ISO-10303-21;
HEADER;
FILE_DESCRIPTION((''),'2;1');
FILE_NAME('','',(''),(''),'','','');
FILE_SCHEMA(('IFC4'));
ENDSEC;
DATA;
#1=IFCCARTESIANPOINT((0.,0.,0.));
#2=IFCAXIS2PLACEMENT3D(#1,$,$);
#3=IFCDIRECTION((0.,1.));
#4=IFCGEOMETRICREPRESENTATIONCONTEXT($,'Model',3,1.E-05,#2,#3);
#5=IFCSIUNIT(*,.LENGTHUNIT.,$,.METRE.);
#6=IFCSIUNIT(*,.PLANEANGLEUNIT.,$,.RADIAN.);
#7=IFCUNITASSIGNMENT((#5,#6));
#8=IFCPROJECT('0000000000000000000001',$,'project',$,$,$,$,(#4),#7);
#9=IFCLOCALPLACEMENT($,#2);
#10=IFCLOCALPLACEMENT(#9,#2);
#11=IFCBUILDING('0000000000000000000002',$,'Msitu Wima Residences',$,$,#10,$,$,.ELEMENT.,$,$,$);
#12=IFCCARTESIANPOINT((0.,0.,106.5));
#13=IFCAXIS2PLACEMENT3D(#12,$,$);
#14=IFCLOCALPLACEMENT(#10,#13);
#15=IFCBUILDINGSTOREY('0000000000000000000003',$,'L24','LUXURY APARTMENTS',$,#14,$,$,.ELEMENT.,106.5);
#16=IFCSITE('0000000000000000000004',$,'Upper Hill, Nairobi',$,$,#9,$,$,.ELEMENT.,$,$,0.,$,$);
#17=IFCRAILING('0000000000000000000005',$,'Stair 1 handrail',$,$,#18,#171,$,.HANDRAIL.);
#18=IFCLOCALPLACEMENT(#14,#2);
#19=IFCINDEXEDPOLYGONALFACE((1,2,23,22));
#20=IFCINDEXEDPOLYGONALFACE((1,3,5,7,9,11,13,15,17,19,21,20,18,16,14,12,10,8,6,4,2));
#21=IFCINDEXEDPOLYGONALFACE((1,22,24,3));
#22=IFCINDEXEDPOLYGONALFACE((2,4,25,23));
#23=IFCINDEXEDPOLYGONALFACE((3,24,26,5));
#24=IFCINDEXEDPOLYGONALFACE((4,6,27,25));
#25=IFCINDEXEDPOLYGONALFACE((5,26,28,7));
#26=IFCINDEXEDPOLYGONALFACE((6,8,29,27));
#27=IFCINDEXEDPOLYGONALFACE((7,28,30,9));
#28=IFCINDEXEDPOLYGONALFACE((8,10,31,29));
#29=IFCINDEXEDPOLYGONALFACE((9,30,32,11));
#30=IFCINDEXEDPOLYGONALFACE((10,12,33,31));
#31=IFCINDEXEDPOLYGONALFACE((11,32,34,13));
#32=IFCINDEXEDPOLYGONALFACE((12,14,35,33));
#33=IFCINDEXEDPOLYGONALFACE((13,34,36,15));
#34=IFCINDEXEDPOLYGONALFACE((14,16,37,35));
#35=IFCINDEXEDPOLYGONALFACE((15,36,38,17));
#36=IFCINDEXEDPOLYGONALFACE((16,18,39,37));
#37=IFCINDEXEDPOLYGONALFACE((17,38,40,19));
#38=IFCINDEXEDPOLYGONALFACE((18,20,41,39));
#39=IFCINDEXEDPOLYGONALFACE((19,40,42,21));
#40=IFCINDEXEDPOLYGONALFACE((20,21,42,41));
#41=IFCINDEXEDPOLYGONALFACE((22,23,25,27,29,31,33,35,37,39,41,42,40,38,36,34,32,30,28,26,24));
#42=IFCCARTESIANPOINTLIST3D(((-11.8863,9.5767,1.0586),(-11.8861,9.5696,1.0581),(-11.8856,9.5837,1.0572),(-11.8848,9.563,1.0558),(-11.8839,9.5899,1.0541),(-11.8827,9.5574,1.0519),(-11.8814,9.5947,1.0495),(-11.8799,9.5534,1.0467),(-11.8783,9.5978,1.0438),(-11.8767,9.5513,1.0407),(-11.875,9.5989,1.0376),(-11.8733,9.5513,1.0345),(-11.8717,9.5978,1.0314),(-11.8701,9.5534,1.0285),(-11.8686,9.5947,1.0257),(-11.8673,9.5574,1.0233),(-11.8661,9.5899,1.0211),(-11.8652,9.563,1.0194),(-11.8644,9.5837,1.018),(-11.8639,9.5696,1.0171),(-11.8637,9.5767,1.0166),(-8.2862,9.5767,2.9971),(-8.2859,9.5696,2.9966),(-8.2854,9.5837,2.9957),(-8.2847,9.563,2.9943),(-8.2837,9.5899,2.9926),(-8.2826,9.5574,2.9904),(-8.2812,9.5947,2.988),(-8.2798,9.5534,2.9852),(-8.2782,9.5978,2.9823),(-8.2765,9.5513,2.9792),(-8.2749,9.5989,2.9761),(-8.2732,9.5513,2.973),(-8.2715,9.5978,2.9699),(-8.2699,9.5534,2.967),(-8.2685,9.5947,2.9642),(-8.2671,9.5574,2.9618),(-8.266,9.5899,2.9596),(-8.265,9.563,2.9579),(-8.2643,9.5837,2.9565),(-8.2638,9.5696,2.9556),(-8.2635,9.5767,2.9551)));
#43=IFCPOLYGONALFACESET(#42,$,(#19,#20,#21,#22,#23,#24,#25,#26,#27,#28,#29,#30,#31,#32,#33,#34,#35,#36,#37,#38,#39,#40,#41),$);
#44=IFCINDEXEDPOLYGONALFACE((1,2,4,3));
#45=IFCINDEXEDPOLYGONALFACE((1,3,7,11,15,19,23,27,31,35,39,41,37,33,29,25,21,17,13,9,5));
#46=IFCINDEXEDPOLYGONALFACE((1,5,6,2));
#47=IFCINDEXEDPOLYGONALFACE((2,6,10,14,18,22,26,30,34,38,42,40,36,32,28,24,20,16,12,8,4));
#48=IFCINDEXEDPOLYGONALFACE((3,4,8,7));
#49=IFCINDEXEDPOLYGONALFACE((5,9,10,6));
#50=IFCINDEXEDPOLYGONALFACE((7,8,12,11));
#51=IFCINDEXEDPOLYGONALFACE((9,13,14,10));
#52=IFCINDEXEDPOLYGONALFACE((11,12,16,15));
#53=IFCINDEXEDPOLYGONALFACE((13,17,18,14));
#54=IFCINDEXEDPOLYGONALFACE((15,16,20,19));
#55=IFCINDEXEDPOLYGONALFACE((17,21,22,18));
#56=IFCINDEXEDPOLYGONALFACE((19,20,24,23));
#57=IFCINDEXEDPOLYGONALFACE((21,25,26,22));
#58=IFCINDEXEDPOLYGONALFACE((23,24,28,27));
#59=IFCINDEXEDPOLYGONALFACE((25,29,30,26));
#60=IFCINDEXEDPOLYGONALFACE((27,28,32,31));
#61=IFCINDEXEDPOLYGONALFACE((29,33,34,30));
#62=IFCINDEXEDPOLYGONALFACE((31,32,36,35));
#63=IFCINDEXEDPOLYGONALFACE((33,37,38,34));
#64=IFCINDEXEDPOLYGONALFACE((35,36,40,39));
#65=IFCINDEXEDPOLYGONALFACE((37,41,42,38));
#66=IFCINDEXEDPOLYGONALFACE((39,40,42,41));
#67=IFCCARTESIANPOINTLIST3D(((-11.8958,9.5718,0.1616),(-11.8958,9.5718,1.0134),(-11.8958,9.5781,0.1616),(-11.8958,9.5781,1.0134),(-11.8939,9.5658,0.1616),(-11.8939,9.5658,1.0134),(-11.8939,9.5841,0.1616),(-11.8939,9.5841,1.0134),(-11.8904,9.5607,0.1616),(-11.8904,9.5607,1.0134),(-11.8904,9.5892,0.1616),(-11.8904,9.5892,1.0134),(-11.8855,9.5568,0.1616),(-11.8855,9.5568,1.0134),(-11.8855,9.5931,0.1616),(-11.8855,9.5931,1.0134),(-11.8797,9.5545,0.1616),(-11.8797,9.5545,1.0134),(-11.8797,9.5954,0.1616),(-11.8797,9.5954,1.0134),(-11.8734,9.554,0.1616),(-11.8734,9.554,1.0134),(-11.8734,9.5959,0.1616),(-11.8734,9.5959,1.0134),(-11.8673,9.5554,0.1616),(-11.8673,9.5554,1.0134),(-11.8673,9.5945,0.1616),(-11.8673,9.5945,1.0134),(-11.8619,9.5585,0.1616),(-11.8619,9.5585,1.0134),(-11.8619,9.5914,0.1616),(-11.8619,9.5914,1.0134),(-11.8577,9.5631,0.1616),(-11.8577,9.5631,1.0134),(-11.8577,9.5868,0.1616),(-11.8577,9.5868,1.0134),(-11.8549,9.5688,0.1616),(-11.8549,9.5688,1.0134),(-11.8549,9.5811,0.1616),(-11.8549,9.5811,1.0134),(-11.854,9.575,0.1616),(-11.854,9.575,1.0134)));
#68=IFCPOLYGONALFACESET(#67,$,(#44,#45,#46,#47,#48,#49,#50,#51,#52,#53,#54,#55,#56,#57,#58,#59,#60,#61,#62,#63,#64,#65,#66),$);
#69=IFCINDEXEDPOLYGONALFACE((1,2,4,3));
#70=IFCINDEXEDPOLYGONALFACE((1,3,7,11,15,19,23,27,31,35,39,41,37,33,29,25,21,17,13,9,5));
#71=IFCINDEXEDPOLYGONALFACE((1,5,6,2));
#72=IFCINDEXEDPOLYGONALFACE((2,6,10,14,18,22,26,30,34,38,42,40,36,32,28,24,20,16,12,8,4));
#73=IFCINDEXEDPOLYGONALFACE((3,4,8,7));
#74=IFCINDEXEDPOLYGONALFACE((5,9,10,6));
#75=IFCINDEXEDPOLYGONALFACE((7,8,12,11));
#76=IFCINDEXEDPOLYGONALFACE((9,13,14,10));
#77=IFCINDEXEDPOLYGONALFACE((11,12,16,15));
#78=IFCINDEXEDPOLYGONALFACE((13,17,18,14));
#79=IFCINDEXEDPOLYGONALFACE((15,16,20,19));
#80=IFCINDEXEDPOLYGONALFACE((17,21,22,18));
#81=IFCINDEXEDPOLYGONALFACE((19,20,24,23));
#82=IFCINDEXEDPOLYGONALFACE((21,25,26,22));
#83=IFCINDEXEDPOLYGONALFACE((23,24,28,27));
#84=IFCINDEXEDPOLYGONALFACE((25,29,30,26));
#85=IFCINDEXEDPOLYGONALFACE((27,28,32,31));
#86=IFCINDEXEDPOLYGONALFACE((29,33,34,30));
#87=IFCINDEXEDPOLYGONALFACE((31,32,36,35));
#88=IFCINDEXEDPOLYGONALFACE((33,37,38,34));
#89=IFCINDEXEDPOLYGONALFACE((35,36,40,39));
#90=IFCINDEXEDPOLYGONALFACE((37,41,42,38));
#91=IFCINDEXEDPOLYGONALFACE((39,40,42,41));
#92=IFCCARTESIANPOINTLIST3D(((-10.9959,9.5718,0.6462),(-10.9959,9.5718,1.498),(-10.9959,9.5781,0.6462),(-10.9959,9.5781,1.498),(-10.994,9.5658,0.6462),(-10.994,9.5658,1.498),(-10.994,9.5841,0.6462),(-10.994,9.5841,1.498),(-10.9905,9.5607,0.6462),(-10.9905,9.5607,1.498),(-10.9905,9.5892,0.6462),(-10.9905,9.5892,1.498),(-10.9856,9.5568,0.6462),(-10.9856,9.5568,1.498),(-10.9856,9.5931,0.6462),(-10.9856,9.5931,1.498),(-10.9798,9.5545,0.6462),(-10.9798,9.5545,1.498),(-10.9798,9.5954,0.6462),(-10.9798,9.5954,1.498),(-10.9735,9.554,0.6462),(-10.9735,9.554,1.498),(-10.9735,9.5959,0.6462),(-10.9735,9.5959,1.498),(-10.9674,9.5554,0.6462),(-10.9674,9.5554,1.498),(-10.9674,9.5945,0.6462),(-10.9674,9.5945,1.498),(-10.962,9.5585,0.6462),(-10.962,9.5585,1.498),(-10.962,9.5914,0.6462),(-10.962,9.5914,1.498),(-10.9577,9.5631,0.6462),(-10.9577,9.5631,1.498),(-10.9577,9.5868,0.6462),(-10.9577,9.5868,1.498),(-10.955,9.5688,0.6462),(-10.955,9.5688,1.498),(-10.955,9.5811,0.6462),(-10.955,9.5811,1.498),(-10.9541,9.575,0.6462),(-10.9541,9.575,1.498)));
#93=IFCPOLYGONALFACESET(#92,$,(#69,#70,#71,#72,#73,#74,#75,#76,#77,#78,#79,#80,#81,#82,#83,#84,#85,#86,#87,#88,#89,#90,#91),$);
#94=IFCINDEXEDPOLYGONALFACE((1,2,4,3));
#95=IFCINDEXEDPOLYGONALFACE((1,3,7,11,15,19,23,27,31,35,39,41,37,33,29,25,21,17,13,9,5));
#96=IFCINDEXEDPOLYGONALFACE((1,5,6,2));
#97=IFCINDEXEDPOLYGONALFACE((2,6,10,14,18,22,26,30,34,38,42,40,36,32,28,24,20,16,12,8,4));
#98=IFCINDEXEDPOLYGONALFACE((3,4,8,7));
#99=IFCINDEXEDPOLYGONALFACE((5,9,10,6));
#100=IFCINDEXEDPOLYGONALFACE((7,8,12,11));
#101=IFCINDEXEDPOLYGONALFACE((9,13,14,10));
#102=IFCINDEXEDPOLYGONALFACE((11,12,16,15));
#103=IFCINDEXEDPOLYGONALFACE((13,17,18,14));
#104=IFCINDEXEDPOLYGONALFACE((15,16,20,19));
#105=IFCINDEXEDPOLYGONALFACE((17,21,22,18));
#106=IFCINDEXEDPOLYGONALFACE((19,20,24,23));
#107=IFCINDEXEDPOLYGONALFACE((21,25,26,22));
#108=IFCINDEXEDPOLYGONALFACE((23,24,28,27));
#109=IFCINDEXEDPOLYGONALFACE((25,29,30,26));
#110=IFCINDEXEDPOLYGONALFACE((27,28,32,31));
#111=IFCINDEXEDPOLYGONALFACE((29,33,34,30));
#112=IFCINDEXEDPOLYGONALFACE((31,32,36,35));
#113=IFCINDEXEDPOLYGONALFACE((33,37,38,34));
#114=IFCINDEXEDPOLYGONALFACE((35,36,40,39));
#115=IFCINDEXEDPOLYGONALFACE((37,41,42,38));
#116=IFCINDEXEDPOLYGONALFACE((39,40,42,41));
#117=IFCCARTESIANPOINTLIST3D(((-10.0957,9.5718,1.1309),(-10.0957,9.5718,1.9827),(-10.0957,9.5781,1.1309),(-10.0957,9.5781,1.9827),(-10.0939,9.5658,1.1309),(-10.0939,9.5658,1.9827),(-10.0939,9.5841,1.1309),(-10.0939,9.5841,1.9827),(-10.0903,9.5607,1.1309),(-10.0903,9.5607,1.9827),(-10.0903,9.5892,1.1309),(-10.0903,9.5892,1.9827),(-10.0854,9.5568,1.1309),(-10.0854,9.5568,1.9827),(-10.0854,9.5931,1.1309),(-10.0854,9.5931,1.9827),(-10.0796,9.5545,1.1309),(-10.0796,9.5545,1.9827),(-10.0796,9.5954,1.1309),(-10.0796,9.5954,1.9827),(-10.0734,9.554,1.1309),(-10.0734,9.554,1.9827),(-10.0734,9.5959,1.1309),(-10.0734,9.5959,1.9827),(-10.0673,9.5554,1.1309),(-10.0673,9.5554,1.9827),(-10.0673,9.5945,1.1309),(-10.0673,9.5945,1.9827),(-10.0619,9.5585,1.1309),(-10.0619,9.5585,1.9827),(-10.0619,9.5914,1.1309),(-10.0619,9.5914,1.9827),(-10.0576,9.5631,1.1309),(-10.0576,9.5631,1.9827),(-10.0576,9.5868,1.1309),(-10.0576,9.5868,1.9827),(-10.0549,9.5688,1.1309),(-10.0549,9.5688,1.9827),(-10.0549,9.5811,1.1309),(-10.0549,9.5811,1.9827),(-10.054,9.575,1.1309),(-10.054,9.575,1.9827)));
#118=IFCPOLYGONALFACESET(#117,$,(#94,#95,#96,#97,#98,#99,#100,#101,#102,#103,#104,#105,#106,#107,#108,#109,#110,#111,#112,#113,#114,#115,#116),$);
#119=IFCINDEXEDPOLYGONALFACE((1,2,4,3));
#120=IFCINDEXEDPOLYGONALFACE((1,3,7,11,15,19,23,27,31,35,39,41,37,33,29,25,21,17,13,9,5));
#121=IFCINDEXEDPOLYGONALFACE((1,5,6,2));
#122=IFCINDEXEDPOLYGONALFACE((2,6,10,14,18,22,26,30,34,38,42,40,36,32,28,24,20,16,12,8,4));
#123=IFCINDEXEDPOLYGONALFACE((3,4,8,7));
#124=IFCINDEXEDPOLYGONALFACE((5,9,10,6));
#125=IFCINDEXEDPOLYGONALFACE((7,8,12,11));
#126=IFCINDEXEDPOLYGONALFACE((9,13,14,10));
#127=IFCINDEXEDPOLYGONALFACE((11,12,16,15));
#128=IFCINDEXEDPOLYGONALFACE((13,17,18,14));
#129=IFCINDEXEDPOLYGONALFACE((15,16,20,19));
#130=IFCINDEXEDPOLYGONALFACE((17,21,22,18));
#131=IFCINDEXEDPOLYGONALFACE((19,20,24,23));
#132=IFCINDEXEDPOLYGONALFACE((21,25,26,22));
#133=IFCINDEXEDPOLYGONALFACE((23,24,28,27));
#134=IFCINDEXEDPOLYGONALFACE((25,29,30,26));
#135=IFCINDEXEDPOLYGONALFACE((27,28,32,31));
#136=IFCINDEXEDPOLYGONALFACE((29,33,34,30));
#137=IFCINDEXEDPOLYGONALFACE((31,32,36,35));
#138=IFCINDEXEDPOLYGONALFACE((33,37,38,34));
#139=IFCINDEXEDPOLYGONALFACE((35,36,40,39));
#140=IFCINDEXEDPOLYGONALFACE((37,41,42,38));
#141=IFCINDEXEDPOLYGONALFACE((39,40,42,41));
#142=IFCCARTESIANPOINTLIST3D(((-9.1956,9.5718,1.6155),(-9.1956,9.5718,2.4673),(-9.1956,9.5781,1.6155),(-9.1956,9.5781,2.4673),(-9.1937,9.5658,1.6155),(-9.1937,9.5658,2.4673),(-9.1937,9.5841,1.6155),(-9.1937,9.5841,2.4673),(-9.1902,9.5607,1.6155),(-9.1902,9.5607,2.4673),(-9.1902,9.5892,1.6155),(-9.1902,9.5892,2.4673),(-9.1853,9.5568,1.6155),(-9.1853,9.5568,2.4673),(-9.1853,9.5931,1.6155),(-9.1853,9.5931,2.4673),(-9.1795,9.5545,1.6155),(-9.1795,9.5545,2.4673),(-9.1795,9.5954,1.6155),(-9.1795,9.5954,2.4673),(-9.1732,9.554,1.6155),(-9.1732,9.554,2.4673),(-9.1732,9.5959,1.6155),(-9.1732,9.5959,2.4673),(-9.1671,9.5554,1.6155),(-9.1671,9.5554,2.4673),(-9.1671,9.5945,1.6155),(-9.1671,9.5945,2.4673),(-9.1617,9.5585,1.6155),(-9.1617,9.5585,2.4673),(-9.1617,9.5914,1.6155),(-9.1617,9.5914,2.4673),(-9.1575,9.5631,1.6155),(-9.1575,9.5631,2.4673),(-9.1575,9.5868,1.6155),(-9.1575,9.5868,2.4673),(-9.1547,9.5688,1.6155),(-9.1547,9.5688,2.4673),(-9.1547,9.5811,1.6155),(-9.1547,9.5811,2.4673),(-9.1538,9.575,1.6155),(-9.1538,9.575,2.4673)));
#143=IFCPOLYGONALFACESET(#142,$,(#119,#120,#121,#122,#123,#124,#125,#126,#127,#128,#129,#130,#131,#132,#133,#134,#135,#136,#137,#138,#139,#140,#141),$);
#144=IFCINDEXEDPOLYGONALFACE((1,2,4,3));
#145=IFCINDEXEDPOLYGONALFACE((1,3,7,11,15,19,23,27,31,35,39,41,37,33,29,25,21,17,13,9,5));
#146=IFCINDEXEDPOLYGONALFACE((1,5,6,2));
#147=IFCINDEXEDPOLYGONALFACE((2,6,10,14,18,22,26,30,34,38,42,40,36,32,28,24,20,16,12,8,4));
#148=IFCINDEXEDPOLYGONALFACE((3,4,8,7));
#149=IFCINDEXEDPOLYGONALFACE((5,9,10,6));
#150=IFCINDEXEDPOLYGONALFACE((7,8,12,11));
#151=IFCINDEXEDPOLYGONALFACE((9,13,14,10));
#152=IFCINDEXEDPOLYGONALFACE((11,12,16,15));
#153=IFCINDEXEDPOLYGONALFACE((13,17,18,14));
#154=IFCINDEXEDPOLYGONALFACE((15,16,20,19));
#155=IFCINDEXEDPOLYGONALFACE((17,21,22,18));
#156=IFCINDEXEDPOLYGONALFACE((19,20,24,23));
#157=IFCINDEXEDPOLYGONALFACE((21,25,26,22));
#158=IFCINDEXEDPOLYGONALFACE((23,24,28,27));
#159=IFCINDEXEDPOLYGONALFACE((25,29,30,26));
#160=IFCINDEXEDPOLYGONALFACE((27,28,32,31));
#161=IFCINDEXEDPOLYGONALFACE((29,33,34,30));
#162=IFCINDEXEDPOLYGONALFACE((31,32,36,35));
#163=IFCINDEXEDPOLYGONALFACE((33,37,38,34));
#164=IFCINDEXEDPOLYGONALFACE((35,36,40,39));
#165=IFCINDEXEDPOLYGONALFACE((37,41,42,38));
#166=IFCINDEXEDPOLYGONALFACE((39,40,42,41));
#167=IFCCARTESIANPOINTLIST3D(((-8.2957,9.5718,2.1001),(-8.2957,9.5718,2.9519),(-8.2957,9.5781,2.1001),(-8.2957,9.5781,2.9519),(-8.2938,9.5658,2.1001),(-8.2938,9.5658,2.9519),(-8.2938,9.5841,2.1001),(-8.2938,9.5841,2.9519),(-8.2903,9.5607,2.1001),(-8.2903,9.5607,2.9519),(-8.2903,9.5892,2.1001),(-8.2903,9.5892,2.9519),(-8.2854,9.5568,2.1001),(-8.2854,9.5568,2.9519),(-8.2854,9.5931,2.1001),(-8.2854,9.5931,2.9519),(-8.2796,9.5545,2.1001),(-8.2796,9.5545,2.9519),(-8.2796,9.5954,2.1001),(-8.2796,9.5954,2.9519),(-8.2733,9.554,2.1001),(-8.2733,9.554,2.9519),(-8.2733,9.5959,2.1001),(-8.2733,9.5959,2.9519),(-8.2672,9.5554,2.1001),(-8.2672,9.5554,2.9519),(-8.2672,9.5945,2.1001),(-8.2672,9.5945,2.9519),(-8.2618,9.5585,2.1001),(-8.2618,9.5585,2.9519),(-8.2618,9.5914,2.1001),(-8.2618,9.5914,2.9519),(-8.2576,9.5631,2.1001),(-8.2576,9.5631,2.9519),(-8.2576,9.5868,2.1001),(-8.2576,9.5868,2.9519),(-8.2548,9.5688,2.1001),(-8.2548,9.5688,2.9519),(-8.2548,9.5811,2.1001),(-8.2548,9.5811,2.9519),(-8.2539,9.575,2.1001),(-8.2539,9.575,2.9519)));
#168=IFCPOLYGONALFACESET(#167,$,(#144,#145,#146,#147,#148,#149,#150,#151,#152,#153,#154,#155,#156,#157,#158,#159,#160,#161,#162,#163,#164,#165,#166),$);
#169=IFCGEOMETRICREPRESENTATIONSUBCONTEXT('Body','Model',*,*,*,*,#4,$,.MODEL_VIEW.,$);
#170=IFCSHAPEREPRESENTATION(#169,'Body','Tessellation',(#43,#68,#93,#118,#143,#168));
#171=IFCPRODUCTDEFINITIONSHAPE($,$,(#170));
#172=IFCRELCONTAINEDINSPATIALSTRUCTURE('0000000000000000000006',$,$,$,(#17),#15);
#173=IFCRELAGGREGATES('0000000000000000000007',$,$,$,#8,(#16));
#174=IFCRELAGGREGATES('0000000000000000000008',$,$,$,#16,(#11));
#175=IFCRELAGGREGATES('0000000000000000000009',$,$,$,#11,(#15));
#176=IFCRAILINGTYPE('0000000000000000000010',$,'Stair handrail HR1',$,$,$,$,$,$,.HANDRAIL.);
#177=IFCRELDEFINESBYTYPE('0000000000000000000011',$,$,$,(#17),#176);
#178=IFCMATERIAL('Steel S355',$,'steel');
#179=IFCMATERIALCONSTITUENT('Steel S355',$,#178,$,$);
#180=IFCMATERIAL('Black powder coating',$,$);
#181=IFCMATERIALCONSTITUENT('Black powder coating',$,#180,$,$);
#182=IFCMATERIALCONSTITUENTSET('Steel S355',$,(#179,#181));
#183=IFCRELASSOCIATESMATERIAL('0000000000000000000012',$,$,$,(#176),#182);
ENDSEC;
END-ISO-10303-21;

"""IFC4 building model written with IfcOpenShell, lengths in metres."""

from ifc_helpers import new_model, si_unit, direction, frame, origin, origin_2d, place, context, subcontext, project, spatial, circle, extrude, material, constituent, constituent_set, type_object, element, save


model = new_model("IFC4")

# Units and contexts
model_context = context("Model", 3, precision=1e-05, world=origin(), true_north=direction((0.0, 1.0)))
body_context = subcontext(model_context, "Body", "Model", "MODEL_VIEW")
ifc_project = project(units=[si_unit("LENGTHUNIT", "METRE"), si_unit("PLANEANGLEUNIT", "RADIAN")], contexts=[model_context])

# Site, building, storey
site_placement = place(None, origin())
site = spatial("IfcSite", under=ifc_project, at=site_placement, Name="Upper Hill, Nairobi", CompositionType="ELEMENT", RefElevation=0.0)
building_placement = place(site_placement, origin())
building = spatial("IfcBuilding", under=site, at=building_placement, Name="Msitu Wima Residences", CompositionType="ELEMENT")
storey_placement = place(building_placement, frame((0.0, 0.0, 106.5)))
storey = spatial("IfcBuildingStorey", under=building, at=storey_placement, Name="L24", Description="LUXURY APARTMENTS", CompositionType="ELEMENT", Elevation=106.5)

# Railing
ifc_material_1 = material(Name="Steel S355", Category="steel")
ifc_constituent_1 = constituent(ifc_material_1, Name="Steel S355")
ifc_material_2 = material(Name="Black powder coating")
ifc_constituent_2 = constituent(ifc_material_2, Name="Black powder coating")
ifc_constituent_set = constituent_set(constituents=[ifc_constituent_1, ifc_constituent_2], Name="Steel S355")
railing_type = type_object("IfcRailingType", Name="Stair handrail HR1", PredefinedType="HANDRAIL", material=ifc_constituent_set)
for number, where, name in (
    (1, (-11.875, 9.575, 0.1616), "Stair 1 handrail"),
):
    element("IfcRailing", number, at=place(storey_placement, frame(where)), inside=storey, type_object=railing_type, Name=name, PredefinedType="HANDRAIL", context=body_context, shape_type="SweptSolid", body=[
        extrude(circle(Radius=0.0239, at=origin_2d()), frame((0.0, 0.0, 0.876), z_axis=(0.880475, 0.0, 0.474093), x_axis=(0.0, 1.0, 0.0)), (0.0, 0.0, 1.0), 4.0889),
        extrude(circle(Radius=0.021, at=origin_2d()), origin(), (0.0, 0.0, 1.0), 0.8518),
        extrude(circle(Radius=0.021, at=origin_2d()), frame((0.8999, 0.0, 0.4846)), (0.0, 0.0, 1.0), 0.8518),
        extrude(circle(Radius=0.021, at=origin_2d()), frame((1.8, 0.0, 0.9692)), (0.0, 0.0, 1.0), 0.8518),
        extrude(circle(Radius=0.021, at=origin_2d()), frame((2.7002, 0.0, 1.4539)), (0.0, 0.0, 1.0), 0.8518),
        extrude(circle(Radius=0.021, at=origin_2d()), frame((3.6001, 0.0, 1.9385)), (0.0, 0.0, 1.0), 0.8518),
    ])

save(model, "model.ifc")
